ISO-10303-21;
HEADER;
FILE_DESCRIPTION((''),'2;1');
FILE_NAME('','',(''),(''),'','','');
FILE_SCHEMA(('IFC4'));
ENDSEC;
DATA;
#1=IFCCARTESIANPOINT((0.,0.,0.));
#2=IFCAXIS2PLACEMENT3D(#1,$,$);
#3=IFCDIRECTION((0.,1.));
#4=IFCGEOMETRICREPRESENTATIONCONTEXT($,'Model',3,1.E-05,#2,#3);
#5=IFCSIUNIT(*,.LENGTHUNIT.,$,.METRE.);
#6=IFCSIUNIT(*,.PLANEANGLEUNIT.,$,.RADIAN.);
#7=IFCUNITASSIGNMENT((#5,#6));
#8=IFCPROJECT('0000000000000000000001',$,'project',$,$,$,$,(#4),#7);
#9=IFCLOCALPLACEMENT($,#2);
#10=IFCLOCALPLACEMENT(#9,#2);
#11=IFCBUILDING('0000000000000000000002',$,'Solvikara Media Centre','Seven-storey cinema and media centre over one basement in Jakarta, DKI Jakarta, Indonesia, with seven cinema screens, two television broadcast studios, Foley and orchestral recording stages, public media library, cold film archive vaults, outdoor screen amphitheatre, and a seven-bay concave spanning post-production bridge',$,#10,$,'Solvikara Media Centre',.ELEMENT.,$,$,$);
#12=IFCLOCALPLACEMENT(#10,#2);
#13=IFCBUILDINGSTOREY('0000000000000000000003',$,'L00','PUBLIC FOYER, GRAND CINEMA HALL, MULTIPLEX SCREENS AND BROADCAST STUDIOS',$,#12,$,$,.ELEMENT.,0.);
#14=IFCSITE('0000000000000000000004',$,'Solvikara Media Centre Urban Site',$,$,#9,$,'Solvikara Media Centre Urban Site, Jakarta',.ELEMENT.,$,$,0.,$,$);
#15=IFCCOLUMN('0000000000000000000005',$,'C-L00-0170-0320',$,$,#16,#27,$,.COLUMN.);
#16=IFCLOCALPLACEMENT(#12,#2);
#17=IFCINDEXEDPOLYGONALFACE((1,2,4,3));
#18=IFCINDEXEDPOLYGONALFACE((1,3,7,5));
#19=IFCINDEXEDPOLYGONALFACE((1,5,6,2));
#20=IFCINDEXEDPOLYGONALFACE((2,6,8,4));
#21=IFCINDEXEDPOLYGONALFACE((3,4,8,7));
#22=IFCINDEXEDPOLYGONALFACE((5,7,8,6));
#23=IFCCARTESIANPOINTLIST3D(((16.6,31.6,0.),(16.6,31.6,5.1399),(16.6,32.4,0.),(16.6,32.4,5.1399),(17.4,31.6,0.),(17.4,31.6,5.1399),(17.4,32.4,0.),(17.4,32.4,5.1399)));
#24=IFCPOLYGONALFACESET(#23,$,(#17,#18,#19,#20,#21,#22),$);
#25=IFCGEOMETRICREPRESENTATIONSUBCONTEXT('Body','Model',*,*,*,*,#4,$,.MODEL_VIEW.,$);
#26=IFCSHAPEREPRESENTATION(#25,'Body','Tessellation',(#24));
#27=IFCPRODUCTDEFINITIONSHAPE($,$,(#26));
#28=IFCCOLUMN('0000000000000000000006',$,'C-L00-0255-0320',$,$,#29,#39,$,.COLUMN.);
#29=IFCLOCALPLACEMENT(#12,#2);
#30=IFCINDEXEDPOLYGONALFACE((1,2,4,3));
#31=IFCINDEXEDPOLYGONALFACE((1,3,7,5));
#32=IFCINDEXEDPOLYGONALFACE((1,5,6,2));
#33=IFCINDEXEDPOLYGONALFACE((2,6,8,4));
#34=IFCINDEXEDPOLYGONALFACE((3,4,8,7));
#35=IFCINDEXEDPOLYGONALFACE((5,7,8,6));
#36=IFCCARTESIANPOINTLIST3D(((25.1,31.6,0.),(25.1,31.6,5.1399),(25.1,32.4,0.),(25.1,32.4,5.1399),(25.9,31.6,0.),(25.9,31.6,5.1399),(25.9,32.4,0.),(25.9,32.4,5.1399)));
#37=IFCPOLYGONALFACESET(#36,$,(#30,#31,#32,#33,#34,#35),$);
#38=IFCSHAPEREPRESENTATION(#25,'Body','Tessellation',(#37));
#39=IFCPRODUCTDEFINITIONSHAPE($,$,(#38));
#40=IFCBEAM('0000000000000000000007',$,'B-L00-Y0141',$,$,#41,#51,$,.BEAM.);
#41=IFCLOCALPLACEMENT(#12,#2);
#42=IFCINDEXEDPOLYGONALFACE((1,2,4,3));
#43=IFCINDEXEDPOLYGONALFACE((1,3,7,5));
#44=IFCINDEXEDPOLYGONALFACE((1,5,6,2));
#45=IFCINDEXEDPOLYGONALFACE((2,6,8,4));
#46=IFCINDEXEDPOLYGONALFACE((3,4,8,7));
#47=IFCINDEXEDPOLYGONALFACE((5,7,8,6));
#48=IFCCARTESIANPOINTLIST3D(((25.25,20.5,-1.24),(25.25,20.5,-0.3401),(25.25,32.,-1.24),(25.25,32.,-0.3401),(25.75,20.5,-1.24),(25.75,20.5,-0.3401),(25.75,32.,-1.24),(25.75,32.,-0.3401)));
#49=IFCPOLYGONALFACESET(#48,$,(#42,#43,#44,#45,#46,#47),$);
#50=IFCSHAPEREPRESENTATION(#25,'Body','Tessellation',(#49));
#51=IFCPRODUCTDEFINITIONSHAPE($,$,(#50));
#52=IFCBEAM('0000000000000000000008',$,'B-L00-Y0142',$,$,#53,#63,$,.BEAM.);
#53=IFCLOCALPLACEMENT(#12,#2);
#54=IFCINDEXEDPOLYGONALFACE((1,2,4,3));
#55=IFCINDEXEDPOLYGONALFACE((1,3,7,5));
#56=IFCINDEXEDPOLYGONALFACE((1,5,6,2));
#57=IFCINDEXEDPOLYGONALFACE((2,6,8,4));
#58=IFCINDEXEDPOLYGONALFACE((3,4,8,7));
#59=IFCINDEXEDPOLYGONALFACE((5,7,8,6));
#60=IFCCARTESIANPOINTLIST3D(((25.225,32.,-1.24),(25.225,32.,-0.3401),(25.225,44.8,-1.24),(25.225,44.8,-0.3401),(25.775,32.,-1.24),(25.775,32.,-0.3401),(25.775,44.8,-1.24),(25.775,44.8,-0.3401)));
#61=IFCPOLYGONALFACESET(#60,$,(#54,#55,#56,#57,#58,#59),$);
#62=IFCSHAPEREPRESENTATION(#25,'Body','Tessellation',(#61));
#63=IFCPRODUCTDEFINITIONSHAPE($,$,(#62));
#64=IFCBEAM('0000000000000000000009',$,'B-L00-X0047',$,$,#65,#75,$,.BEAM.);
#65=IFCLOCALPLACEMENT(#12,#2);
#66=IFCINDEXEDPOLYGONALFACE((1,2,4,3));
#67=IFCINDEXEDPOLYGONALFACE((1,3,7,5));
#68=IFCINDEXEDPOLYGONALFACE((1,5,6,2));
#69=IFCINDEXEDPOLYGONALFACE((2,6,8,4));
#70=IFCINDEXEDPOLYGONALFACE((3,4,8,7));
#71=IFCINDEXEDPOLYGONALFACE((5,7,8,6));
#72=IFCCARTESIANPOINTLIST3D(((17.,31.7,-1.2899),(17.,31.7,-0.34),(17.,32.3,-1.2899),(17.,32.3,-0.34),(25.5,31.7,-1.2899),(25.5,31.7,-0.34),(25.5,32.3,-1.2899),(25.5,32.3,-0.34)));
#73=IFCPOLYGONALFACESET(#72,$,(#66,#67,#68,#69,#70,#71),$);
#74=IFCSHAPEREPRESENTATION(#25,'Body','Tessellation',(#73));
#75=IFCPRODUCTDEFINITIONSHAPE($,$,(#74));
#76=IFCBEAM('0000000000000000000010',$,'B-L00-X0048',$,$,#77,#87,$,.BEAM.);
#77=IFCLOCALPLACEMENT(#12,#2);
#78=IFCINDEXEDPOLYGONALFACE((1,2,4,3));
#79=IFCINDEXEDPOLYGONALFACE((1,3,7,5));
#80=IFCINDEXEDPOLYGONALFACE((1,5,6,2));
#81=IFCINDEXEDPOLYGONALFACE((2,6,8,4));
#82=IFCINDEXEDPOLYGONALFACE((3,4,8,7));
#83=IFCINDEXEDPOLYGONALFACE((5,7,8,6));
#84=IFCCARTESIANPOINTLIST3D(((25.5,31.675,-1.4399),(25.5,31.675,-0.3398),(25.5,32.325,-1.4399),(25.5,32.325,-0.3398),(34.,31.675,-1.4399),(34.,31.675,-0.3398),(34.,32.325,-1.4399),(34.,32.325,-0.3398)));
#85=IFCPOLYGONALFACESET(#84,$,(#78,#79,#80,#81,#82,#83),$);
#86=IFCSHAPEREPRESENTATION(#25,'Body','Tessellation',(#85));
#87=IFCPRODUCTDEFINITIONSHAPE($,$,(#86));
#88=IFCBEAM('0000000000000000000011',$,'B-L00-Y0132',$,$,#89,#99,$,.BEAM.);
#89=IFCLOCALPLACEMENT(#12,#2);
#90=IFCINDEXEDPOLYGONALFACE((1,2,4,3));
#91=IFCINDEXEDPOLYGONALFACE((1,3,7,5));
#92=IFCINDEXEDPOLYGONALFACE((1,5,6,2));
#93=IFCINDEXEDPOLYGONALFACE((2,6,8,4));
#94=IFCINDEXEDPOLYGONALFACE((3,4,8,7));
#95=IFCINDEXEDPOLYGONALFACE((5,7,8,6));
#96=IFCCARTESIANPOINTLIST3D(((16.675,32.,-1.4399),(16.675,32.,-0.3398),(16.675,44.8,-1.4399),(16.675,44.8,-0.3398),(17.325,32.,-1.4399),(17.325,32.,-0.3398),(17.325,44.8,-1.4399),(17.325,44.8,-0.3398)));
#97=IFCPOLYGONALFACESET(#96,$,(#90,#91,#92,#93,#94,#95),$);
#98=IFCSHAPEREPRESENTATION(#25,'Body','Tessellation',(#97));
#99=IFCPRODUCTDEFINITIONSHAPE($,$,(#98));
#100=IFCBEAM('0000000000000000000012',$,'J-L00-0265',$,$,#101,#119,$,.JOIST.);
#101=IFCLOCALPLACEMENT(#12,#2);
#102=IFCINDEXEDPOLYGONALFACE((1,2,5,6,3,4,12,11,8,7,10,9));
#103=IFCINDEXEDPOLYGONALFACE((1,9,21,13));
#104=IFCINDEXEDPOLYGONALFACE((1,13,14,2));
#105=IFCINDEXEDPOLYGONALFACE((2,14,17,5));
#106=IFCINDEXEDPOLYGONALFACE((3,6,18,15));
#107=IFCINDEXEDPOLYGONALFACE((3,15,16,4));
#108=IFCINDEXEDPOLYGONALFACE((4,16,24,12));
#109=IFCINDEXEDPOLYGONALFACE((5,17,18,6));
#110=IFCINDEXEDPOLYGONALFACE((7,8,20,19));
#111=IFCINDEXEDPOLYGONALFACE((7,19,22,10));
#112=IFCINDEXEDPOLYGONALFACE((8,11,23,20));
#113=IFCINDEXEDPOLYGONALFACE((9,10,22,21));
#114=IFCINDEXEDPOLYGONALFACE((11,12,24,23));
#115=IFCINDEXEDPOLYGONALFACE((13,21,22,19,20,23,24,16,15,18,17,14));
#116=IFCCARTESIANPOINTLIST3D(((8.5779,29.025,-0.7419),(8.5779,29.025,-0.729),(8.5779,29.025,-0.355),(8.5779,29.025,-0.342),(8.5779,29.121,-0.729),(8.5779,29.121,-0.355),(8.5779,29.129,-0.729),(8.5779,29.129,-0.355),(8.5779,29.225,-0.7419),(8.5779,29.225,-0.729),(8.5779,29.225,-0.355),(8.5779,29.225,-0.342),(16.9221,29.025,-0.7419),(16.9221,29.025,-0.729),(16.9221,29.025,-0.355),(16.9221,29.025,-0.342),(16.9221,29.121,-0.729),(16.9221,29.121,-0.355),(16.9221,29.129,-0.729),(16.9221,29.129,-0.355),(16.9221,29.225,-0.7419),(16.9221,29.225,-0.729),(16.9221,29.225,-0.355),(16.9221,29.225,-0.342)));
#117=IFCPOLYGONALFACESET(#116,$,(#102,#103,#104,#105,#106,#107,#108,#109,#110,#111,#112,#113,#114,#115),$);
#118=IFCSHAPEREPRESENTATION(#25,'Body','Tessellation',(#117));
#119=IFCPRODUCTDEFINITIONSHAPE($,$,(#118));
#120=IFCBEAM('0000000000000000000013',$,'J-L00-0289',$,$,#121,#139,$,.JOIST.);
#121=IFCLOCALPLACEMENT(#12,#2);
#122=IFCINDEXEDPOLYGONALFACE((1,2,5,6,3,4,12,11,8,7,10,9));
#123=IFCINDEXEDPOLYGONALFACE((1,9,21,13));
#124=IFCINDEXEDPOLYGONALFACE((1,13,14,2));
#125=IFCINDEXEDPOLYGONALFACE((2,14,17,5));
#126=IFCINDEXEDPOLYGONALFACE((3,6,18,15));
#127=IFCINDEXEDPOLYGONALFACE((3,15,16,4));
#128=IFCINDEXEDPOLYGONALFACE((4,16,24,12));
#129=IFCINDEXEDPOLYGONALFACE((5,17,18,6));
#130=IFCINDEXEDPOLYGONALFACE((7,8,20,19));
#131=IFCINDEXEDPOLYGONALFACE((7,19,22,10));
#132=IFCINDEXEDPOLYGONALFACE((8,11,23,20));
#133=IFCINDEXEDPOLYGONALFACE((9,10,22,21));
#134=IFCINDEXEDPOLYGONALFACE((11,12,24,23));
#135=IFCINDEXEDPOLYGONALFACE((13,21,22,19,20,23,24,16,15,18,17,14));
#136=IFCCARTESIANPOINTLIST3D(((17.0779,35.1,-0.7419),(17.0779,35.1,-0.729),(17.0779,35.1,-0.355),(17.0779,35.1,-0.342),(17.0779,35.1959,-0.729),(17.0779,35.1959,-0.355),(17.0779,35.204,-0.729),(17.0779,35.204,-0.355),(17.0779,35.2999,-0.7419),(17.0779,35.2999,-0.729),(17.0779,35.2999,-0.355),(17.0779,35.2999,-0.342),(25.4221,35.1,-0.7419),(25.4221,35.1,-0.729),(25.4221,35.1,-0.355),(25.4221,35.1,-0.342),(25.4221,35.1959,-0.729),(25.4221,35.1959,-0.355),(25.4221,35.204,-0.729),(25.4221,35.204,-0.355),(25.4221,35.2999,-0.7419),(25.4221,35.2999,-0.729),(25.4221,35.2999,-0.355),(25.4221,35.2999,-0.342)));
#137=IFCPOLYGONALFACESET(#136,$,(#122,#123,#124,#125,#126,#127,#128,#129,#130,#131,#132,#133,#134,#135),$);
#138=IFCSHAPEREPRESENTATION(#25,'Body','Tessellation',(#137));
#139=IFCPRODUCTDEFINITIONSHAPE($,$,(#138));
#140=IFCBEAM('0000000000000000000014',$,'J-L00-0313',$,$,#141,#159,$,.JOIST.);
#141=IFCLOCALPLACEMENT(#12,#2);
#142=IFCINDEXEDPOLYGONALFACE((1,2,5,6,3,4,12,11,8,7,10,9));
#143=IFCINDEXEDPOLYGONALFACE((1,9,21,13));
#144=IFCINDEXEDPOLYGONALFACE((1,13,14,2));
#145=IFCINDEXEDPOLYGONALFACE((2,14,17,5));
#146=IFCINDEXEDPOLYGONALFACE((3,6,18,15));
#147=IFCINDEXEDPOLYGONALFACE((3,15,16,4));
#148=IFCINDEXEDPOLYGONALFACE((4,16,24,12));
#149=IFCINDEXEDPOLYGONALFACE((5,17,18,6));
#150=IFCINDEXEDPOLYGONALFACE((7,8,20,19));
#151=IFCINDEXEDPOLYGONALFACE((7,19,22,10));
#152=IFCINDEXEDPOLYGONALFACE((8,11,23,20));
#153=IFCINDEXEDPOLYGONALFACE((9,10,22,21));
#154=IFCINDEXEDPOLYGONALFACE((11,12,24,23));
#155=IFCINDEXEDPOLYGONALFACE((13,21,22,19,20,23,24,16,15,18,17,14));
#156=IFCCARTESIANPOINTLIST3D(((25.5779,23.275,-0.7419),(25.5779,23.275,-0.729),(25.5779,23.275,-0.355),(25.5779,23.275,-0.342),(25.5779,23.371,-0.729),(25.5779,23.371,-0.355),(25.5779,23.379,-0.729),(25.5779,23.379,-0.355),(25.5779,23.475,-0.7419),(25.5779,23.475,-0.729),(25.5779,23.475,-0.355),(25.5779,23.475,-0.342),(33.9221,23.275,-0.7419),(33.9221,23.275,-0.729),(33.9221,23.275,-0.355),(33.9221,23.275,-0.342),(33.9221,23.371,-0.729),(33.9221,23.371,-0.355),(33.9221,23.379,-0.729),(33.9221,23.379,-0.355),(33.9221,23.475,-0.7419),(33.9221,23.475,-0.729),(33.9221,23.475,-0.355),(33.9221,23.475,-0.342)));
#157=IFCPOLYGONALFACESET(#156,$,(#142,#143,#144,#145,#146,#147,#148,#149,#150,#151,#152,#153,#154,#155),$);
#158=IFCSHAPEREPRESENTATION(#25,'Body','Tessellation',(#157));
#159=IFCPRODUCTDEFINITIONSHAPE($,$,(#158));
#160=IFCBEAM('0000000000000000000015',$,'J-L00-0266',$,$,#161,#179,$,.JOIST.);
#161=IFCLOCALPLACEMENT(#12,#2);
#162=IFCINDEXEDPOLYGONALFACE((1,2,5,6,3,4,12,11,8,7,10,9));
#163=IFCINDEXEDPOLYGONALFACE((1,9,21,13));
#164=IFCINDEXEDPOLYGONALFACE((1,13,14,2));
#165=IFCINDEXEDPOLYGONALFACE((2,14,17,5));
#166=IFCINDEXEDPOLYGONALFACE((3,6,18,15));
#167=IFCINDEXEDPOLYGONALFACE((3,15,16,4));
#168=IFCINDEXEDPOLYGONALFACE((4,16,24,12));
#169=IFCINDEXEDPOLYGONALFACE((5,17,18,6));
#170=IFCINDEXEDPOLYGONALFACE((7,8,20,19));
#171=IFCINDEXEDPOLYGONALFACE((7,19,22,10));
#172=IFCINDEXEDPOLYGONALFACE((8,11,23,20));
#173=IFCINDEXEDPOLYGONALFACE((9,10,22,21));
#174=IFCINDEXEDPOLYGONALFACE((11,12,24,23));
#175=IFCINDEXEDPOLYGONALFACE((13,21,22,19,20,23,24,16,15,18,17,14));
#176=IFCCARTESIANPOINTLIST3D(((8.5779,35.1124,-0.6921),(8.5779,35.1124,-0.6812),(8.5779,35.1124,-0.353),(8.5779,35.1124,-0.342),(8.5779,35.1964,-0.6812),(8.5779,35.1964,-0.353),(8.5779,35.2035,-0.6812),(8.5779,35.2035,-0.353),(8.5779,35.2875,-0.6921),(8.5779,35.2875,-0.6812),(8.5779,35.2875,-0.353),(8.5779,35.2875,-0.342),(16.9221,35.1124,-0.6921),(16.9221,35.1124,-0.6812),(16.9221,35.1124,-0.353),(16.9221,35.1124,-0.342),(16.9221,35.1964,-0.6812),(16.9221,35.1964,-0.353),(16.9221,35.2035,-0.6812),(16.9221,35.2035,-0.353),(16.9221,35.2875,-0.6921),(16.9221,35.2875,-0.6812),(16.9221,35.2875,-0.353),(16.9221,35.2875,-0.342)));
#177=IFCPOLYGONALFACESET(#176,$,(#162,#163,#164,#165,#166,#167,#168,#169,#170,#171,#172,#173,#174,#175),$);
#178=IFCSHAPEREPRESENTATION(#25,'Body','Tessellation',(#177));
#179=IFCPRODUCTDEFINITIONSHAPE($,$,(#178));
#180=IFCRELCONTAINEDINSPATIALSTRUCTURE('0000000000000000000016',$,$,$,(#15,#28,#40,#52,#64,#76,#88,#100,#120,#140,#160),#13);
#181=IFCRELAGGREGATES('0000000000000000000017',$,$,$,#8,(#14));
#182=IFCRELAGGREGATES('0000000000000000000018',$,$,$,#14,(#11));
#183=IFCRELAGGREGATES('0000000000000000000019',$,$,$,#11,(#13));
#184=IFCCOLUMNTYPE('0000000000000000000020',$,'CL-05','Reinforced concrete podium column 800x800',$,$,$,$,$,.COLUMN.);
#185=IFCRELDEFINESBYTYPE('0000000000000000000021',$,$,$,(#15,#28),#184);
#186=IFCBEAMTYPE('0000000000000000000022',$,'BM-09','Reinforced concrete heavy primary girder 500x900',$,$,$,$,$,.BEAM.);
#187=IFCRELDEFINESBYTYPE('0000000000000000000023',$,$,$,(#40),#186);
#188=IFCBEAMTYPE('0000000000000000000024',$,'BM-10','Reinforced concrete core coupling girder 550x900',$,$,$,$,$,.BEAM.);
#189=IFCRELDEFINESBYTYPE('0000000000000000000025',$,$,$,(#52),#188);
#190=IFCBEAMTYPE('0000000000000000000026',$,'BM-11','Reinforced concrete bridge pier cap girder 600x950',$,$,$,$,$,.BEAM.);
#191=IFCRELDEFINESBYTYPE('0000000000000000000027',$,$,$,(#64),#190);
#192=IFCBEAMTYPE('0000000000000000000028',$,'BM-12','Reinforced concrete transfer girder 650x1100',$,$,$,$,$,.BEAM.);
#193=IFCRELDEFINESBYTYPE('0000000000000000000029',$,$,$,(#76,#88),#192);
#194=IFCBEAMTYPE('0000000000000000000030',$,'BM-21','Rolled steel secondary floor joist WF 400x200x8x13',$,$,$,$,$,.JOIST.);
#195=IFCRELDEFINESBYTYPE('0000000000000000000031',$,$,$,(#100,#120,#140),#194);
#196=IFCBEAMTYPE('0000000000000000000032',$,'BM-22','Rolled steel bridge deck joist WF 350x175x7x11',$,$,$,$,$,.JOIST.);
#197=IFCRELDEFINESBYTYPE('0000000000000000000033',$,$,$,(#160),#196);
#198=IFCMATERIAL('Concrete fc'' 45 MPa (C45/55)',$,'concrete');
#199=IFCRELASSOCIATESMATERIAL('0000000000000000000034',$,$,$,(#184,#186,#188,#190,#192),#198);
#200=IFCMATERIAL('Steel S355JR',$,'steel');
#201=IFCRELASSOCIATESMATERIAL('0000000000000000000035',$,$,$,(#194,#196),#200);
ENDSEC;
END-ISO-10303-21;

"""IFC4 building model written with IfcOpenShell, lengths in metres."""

from ifc_helpers import new_model, si_unit, direction, frame, origin, origin_2d, place, context, subcontext, project, spatial, rectangle, i_section, extrude, material, material_profile, profile_set, type_object, element, save


model = new_model("IFC4")

# Units and contexts
model_context = context("Model", 3, precision=1e-05, world=origin(), true_north=direction((0.0, 1.0)))
body_context = subcontext(model_context, "Body", "Model", "MODEL_VIEW")
ifc_project = project(units=[si_unit("LENGTHUNIT", "METRE"), si_unit("PLANEANGLEUNIT", "RADIAN")], contexts=[model_context])

# Site, building, storey
site_placement = place(None, origin())
site = spatial("IfcSite", under=ifc_project, at=site_placement, Name="Solvikara Media Centre Urban Site", LongName="Solvikara Media Centre Urban Site, Jakarta", CompositionType="ELEMENT", RefElevation=0.0)
building_placement = place(site_placement, origin())
building = spatial("IfcBuilding", under=site, at=building_placement, Name="Solvikara Media Centre", Description="Seven-storey cinema and media centre over one basement in Jakarta, DKI Jakarta, Indonesia, with seven cinema screens, two television broadcast studios, Foley and orchestral recording stages, public media library, cold film archive vaults, outdoor screen amphitheatre, and a seven-bay concave spanning post-production bridge", LongName="Solvikara Media Centre", CompositionType="ELEMENT")
storey_placement = place(building_placement, origin())
storey = spatial("IfcBuildingStorey", under=building, at=storey_placement, Name="L00", Description="PUBLIC FOYER, GRAND CINEMA HALL, MULTIPLEX SCREENS AND BROADCAST STUDIOS", CompositionType="ELEMENT", Elevation=0.0)

# Columns
ifc_material_1 = material(Name="Concrete fc' 45 MPa (C45/55)", Category="concrete")
ifc_material_profile_1 = material_profile(ifc_material_1, rectangle(XDim=0.8, YDim=0.8, at=origin_2d()), Name="RC 800x800")
ifc_profile_set_1 = profile_set([ifc_material_profile_1], Name="Concrete fc' 45 MPa (C45/55)")
column_type = type_object("IfcColumnType", Name="CL-05", Description="Reinforced concrete podium column 800x800", PredefinedType="COLUMN", material=ifc_profile_set_1)
for number, where, z_axis, x_axis, name in (
    (1, (17.0, 32.0, 0.0), (0.0, 0.0, 1.0), (1.0, 0.0, 0.0), "C-L00-0170-0320"),
    (2, (25.5, 32.0, 0.0), (0.0, 0.0, 1.0), (1.0, 0.0, 0.0), "C-L00-0255-0320"),
):
    element("IfcColumn", number, at=place(storey_placement, frame(where, z_axis=z_axis, x_axis=x_axis)), inside=storey, type_object=column_type, Name=name, PredefinedType="COLUMN", context=body_context, shape_type="SweptSolid", body=[
        extrude(rectangle(XDim=0.8, YDim=0.8, at=origin_2d()), origin(), (0.0, 0.0, 1.0), 5.1399),
    ])

# Beams
ifc_material_profile_2 = material_profile(ifc_material_1, rectangle(XDim=0.5, YDim=0.8999, at=origin_2d()), Name="RC 500x900")
ifc_profile_set_2 = profile_set([ifc_material_profile_2], Name="Concrete fc' 45 MPa (C45/55)")
beam_type_1 = type_object("IfcBeamType", Name="BM-09", Description="Reinforced concrete heavy primary girder 500x900", PredefinedType="BEAM", material=ifc_profile_set_2)
beam_1_placement = place(storey_placement, frame((25.5, 20.5, -0.79), z_axis=(0.0, 1.0, 0.0), x_axis=(-1.0, 0.0, 0.0)))
element("IfcBeam", 3, at=beam_1_placement, inside=storey, type_object=beam_type_1, Name="B-L00-Y0141", PredefinedType="BEAM", context=body_context, shape_type="SweptSolid", body=[
    extrude(rectangle(XDim=0.5, YDim=0.8999, at=origin_2d()), origin(), (0.0, 0.0, 1.0), 11.5),
])
ifc_material_profile_3 = material_profile(ifc_material_1, rectangle(XDim=0.55, YDim=0.8999, at=origin_2d()), Name="RC 550x900")
ifc_profile_set_3 = profile_set([ifc_material_profile_3], Name="Concrete fc' 45 MPa (C45/55)")
beam_type_2 = type_object("IfcBeamType", Name="BM-10", Description="Reinforced concrete core coupling girder 550x900", PredefinedType="BEAM", material=ifc_profile_set_3)
beam_2_placement = place(storey_placement, frame((25.5, 32.0, -0.79), z_axis=(0.0, 1.0, 0.0), x_axis=(-1.0, 0.0, 0.0)))
element("IfcBeam", 4, at=beam_2_placement, inside=storey, type_object=beam_type_2, Name="B-L00-Y0142", PredefinedType="BEAM", context=body_context, shape_type="SweptSolid", body=[
    extrude(rectangle(XDim=0.55, YDim=0.8999, at=origin_2d()), origin(), (0.0, 0.0, 1.0), 12.8),
])
ifc_material_profile_4 = material_profile(ifc_material_1, rectangle(XDim=0.6001, YDim=0.95, at=origin_2d()), Name="RC 600x950")
ifc_profile_set_4 = profile_set([ifc_material_profile_4], Name="Concrete fc' 45 MPa (C45/55)")
beam_type_3 = type_object("IfcBeamType", Name="BM-11", Description="Reinforced concrete bridge pier cap girder 600x950", PredefinedType="BEAM", material=ifc_profile_set_4)
beam_3_placement = place(storey_placement, frame((17.0, 32.0, -0.8149), z_axis=(1.0, 0.0, 0.0), x_axis=(0.0, 1.0, 0.0)))
element("IfcBeam", 5, at=beam_3_placement, inside=storey, type_object=beam_type_3, Name="B-L00-X0047", PredefinedType="BEAM", context=body_context, shape_type="SweptSolid", body=[
    extrude(rectangle(XDim=0.6001, YDim=0.95, at=origin_2d()), origin(), (0.0, 0.0, 1.0), 8.5),
])
ifc_material_profile_5 = material_profile(ifc_material_1, rectangle(XDim=0.6499, YDim=1.1001, at=origin_2d()), Name="RC 650x1100")
ifc_profile_set_5 = profile_set([ifc_material_profile_5], Name="Concrete fc' 45 MPa (C45/55)")
beam_type_4 = type_object("IfcBeamType", Name="BM-12", Description="Reinforced concrete transfer girder 650x1100", PredefinedType="BEAM", material=ifc_profile_set_5)
beam_4_placement = place(storey_placement, frame((25.5, 32.0, -0.8899), z_axis=(1.0, 0.0, 0.0), x_axis=(0.0, 1.0, 0.0)))
element("IfcBeam", 6, at=beam_4_placement, inside=storey, type_object=beam_type_4, Name="B-L00-X0048", PredefinedType="BEAM", context=body_context, shape_type="SweptSolid", body=[
    extrude(rectangle(XDim=0.6499, YDim=1.1001, at=origin_2d()), origin(), (0.0, 0.0, 1.0), 8.5),
])
beam_5_placement = place(storey_placement, frame((17.0, 32.0, -0.8899), z_axis=(0.0, 1.0, 0.0), x_axis=(-1.0, 0.0, 0.0)))
element("IfcBeam", 7, at=beam_5_placement, inside=storey, type_object=beam_type_4, Name="B-L00-Y0132", PredefinedType="BEAM", context=body_context, shape_type="SweptSolid", body=[
    extrude(rectangle(XDim=0.6499, YDim=1.1001, at=origin_2d()), origin(), (0.0, 0.0, 1.0), 12.8),
])
ifc_material_2 = material(Name="Steel S355JR", Category="steel")
ifc_material_profile_6 = material_profile(ifc_material_2, i_section(OverallWidth=0.2, OverallDepth=0.3999, WebThickness=0.0081, FlangeThickness=0.0129, at=origin_2d()), Name="WF 400x200x8x13")
ifc_profile_set_6 = profile_set([ifc_material_profile_6], Name="Steel S355JR")
beam_type_5 = type_object("IfcBeamType", Name="BM-21", Description="Rolled steel secondary floor joist WF 400x200x8x13", PredefinedType="JOIST", material=ifc_profile_set_6)
for number, where, z_axis, x_axis, name in (
    (8, (8.5779, 29.125, -0.542), (1.0, 0.0, 0.0), (0.0, 1.0, 0.0), "J-L00-0265"),
    (9, (17.0779, 35.2, -0.542), (1.0, 0.0, 0.0), (0.0, 1.0, 0.0), "J-L00-0289"),
    (10, (25.5779, 23.375, -0.542), (1.0, 0.0, 0.0), (0.0, 1.0, 0.0), "J-L00-0313"),
):
    element("IfcBeam", number, at=place(storey_placement, frame(where, z_axis=z_axis, x_axis=x_axis)), inside=storey, type_object=beam_type_5, Name=name, PredefinedType="JOIST", context=body_context, shape_type="SweptSolid", body=[
        extrude(i_section(OverallWidth=0.2, OverallDepth=0.3999, WebThickness=0.0081, FlangeThickness=0.0129, at=origin_2d()), origin(), (0.0, 0.0, 1.0), 8.3442),
    ])
ifc_material_profile_7 = material_profile(ifc_material_2, i_section(OverallWidth=0.175, OverallDepth=0.3501, WebThickness=0.0071, FlangeThickness=0.011, at=origin_2d()), Name="WF 350x175x7x11")
ifc_profile_set_7 = profile_set([ifc_material_profile_7], Name="Steel S355JR")
beam_type_6 = type_object("IfcBeamType", Name="BM-22", Description="Rolled steel bridge deck joist WF 350x175x7x11", PredefinedType="JOIST", material=ifc_profile_set_7)
for number, where, z_axis, x_axis, name in (
    (11, (8.5779, 35.2, -0.5171), (1.0, 0.0, 0.0), (0.0, 1.0, 0.0), "J-L00-0266"),
):
    element("IfcBeam", number, at=place(storey_placement, frame(where, z_axis=z_axis, x_axis=x_axis)), inside=storey, type_object=beam_type_6, Name=name, PredefinedType="JOIST", context=body_context, shape_type="SweptSolid", body=[
        extrude(i_section(OverallWidth=0.175, OverallDepth=0.3501, WebThickness=0.0071, FlangeThickness=0.011, at=origin_2d()), origin(), (0.0, 0.0, 1.0), 8.3442),
    ])

save(model, "model.ifc")
